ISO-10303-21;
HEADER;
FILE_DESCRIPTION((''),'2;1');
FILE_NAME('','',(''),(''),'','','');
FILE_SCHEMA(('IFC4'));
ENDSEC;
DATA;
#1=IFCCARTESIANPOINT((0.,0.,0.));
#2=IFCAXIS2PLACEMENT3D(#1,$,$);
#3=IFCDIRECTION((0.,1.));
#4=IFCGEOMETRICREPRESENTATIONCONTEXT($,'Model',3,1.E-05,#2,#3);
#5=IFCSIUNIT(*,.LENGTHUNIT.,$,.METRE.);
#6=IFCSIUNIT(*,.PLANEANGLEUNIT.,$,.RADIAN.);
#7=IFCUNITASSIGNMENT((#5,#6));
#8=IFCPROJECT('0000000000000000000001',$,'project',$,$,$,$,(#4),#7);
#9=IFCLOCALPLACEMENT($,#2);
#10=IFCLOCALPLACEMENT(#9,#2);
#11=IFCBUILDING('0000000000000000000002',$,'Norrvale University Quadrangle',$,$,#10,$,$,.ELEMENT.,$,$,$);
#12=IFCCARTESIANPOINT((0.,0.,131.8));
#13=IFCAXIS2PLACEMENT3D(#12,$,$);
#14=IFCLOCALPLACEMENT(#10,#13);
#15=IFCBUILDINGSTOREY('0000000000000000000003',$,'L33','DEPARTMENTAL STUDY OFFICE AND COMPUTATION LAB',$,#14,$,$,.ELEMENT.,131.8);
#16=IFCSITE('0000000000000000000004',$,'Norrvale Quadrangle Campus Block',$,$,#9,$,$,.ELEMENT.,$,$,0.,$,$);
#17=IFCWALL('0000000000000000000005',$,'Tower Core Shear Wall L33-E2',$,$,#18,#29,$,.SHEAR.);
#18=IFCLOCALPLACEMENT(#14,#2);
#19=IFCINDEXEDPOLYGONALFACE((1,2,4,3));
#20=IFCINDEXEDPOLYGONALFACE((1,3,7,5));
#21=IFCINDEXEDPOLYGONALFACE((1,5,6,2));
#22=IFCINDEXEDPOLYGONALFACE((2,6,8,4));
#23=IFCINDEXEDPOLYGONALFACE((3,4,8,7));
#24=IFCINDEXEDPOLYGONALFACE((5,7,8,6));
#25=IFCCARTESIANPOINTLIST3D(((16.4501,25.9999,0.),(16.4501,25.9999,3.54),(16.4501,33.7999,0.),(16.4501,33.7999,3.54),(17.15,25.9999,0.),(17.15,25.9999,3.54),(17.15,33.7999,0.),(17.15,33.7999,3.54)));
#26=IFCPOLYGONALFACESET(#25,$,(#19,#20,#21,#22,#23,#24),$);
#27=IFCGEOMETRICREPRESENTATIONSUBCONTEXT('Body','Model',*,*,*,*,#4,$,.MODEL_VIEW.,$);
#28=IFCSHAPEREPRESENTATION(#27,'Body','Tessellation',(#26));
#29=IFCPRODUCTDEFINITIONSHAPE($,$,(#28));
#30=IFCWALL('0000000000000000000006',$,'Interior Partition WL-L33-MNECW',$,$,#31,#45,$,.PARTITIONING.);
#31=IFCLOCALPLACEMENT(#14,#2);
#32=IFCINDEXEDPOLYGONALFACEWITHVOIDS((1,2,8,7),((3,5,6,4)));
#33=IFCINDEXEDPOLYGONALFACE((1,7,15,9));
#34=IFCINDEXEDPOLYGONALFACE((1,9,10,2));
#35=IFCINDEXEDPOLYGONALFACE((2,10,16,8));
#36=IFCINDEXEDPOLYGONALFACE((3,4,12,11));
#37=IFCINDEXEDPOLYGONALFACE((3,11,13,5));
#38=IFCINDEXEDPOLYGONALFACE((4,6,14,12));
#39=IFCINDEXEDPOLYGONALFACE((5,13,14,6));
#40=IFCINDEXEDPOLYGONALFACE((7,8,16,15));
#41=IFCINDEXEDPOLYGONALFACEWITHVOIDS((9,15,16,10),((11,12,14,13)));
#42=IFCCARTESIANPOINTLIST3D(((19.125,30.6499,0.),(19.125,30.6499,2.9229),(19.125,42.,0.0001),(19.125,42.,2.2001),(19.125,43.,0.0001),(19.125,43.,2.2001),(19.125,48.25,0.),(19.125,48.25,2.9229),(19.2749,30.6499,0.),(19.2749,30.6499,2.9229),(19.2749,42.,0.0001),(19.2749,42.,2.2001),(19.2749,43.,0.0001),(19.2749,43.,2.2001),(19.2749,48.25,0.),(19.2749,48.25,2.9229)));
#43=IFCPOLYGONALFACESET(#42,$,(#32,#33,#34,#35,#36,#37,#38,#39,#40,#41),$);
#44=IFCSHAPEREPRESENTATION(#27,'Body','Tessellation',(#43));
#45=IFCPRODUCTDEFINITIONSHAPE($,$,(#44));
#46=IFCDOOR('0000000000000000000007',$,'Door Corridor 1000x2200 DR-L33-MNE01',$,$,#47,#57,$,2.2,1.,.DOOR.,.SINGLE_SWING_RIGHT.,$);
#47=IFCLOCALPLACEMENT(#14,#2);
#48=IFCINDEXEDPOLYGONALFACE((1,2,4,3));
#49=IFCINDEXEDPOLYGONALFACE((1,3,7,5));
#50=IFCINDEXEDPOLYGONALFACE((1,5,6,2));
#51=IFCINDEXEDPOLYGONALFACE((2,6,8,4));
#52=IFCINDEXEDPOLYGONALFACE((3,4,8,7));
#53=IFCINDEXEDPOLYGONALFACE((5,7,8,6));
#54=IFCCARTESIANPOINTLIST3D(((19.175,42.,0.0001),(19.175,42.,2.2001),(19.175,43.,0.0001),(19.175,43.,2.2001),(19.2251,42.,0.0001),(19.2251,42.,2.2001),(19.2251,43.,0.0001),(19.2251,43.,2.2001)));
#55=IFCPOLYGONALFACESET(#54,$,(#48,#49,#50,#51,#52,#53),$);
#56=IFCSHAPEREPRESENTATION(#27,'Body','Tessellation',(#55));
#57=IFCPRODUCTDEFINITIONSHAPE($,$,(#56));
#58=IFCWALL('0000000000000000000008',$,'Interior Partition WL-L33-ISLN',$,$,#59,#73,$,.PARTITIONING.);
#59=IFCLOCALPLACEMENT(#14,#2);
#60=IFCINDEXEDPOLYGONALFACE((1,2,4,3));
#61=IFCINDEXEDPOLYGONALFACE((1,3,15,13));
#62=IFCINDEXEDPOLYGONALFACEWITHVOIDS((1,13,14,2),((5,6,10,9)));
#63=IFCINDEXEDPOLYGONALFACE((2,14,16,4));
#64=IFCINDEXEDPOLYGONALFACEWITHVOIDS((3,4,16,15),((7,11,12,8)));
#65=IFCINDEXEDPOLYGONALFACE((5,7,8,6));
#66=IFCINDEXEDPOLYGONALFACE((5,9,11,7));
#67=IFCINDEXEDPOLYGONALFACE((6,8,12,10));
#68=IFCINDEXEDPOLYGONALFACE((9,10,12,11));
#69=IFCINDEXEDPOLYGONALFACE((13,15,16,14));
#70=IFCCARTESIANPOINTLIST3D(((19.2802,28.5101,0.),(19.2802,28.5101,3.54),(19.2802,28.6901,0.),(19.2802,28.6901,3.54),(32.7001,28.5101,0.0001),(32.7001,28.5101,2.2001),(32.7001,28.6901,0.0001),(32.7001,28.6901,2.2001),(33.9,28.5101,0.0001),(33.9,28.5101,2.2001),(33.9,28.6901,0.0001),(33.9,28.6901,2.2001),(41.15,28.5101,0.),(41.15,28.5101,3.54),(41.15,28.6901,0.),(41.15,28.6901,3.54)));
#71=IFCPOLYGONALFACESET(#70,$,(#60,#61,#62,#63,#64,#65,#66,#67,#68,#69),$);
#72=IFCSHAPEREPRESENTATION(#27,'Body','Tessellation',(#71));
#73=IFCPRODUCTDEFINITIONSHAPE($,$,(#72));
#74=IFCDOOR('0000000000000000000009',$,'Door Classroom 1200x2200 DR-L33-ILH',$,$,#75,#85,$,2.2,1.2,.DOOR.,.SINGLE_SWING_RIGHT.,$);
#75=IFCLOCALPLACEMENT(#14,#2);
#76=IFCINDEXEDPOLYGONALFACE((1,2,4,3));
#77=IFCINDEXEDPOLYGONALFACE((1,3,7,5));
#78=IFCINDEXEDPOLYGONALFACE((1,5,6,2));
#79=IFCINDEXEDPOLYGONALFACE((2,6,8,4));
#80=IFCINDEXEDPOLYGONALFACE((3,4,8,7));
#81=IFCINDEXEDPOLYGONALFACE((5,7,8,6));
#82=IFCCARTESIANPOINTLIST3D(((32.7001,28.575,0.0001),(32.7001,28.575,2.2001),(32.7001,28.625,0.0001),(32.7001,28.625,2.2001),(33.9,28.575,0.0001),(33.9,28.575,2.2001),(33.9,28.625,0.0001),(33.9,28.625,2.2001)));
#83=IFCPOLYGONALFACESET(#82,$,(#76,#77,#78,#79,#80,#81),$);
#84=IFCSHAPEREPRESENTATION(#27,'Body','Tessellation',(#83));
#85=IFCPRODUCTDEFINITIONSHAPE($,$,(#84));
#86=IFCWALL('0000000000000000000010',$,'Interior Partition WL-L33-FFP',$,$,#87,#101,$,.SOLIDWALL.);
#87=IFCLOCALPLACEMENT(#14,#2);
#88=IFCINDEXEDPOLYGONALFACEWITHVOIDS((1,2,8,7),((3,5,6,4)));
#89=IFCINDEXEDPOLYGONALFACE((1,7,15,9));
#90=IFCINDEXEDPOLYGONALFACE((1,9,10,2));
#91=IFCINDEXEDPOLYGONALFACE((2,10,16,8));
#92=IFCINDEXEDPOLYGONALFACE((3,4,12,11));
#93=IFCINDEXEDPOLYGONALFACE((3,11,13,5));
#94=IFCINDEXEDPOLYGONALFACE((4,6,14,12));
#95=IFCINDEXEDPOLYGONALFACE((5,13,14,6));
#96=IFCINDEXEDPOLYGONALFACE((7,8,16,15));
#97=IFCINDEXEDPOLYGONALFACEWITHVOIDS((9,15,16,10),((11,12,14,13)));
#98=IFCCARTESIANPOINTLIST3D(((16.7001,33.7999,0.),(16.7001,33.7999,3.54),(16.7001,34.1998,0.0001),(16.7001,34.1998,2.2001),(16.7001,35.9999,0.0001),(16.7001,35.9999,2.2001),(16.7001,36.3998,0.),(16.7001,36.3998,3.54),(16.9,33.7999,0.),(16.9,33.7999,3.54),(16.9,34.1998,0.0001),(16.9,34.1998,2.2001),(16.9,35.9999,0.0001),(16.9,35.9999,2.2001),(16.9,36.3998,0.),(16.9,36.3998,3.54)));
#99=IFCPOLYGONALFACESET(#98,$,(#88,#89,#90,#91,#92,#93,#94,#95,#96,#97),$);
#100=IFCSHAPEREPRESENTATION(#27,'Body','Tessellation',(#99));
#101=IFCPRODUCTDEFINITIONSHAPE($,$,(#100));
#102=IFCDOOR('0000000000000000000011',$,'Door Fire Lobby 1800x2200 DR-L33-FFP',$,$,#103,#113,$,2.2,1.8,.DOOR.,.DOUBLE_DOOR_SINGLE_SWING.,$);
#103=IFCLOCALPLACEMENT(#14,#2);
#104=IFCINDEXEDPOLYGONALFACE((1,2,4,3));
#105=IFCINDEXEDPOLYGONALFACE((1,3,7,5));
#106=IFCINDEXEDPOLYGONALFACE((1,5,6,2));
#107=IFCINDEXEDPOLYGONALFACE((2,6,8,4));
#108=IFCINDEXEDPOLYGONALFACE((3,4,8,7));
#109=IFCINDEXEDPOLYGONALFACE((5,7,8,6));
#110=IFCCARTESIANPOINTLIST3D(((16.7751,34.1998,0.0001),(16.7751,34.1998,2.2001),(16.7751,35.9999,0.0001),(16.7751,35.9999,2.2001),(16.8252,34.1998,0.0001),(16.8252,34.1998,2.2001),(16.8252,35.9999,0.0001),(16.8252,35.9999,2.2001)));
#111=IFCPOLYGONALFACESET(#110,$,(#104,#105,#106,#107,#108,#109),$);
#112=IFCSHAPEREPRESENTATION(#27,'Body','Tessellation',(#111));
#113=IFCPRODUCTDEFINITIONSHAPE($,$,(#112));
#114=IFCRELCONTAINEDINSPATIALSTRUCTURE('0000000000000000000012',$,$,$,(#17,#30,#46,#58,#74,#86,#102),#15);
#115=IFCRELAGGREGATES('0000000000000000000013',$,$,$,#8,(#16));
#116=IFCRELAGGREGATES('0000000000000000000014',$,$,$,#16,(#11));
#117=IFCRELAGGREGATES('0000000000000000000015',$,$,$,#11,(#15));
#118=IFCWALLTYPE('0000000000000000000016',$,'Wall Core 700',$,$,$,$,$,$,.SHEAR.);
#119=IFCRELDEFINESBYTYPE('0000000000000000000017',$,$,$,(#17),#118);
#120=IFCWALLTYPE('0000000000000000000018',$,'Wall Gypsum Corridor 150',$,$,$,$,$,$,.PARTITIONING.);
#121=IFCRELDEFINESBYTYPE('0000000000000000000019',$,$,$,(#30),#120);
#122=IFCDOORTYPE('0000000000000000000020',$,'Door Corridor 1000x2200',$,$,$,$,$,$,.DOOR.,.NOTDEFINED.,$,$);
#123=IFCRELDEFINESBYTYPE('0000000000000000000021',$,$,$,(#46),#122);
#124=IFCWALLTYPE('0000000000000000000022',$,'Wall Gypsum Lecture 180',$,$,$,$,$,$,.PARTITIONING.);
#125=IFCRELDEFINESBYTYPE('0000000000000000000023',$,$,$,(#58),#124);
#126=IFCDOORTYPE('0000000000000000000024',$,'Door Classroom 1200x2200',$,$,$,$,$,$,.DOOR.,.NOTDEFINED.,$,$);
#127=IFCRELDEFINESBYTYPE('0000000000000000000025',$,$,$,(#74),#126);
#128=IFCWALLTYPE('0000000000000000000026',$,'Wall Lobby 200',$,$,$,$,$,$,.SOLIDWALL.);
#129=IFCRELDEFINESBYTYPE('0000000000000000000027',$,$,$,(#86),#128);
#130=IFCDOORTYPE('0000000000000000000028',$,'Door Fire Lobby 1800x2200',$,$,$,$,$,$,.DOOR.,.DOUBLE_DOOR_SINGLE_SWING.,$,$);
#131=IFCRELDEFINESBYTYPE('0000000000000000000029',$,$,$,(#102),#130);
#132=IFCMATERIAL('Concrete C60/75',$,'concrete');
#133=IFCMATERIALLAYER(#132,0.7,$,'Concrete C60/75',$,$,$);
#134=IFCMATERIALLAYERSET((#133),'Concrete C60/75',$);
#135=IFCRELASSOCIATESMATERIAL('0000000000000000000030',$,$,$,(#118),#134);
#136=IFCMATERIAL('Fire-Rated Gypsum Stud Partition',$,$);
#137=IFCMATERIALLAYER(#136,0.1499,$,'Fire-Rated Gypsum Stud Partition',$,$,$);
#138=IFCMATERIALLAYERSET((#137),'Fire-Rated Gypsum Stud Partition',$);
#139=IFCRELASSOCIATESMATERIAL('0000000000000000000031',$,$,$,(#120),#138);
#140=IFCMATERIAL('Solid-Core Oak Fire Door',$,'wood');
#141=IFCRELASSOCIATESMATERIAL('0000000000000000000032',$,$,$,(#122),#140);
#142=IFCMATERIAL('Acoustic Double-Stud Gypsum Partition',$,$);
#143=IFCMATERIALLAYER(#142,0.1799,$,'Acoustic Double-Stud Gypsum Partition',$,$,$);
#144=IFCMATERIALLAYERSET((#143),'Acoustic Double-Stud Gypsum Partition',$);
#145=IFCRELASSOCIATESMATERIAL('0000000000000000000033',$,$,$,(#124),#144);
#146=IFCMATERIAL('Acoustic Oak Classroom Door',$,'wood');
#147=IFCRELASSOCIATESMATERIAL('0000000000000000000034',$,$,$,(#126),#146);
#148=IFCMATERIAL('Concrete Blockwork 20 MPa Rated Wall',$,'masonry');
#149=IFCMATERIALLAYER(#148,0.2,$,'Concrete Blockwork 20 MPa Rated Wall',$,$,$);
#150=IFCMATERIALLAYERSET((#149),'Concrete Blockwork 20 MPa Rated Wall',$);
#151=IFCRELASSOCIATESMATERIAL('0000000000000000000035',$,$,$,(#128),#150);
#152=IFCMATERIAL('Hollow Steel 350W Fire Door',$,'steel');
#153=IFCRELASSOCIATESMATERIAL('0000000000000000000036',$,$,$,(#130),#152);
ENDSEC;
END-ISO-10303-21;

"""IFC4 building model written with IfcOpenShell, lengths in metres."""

from ifc_helpers import new_model, si_unit, direction, frame, frame_2d, origin, place, context, subcontext, project, spatial, rectangle, extrude, material, layer, layer_set, type_object, element, fill, save


model = new_model("IFC4")

# Units and contexts
model_context = context("Model", 3, precision=1e-05, world=origin(), true_north=direction((0.0, 1.0)))
body_context = subcontext(model_context, "Body", "Model", "MODEL_VIEW")
ifc_project = project(units=[si_unit("LENGTHUNIT", "METRE"), si_unit("PLANEANGLEUNIT", "RADIAN")], contexts=[model_context])

# Site, building, storey
site_placement = place(None, origin())
site = spatial("IfcSite", under=ifc_project, at=site_placement, Name="Norrvale Quadrangle Campus Block", CompositionType="ELEMENT", RefElevation=0.0)
building_placement = place(site_placement, origin())
building = spatial("IfcBuilding", under=site, at=building_placement, Name="Norrvale University Quadrangle", CompositionType="ELEMENT")
storey_placement = place(building_placement, frame((0.0, 0.0, 131.8)))
storey = spatial("IfcBuildingStorey", under=building, at=storey_placement, Name="L33", Description="DEPARTMENTAL STUDY OFFICE AND COMPUTATION LAB", CompositionType="ELEMENT", Elevation=131.8)

# Shared definitions
ifc_material_1 = material(Name="Concrete C60/75", Category="concrete")

# Wall
ifc_layer_1 = layer(ifc_material_1, 0.7, Name="Concrete C60/75")
ifc_layer_set_1 = layer_set([ifc_layer_1], Name="Concrete C60/75")
wall_type_1 = type_object("IfcWallType", Name="Wall Core 700", PredefinedType="SHEAR", material=ifc_layer_set_1)
wall_1_placement = place(storey_placement, frame((16.8, 26.0, 0.0), z_axis=(0.0, 0.0, 1.0), x_axis=(0.0, 1.0, 0.0)))
element("IfcWall", 1, at=wall_1_placement, inside=storey, type_object=wall_type_1, Name="Tower Core Shear Wall L33-E2", PredefinedType="SHEAR", context=body_context, shape_type="SweptSolid", body=[
    extrude(rectangle(XDim=7.8, YDim=0.7, at=frame_2d((3.8999, 0.0))), origin(), (0.0, 0.0, 1.0), 3.54),
])

# Walls, openings, doors
ifc_material_2 = material(Name="Fire-Rated Gypsum Stud Partition")
ifc_layer_2 = layer(ifc_material_2, 0.1499, Name="Fire-Rated Gypsum Stud Partition")
ifc_layer_set_2 = layer_set([ifc_layer_2], Name="Fire-Rated Gypsum Stud Partition")
wall_type_2 = type_object("IfcWallType", Name="Wall Gypsum Corridor 150", PredefinedType="PARTITIONING", material=ifc_layer_set_2)
wall_2_placement = place(storey_placement, frame((19.2, 30.6499, 0.0), z_axis=(0.0, 0.0, 1.0), x_axis=(0.0, 1.0, 0.0)))
wall_2 = element("IfcWall", 2, at=wall_2_placement, inside=storey, type_object=wall_type_2, Name="Interior Partition WL-L33-MNECW", PredefinedType="PARTITIONING", context=body_context, shape_type="SweptSolid", body=[
    extrude(rectangle(XDim=17.6001, YDim=0.1499, at=frame_2d((8.8, 0.0))), origin(), (0.0, 0.0, 1.0), 2.9229),
])
opening_1_placement = place(wall_2_placement, frame((11.3501, 0.0, 0.0)))
opening_1 = element("IfcOpeningElement", 3, at=opening_1_placement, cuts=wall_2, PredefinedType="OPENING", context=body_context, shape_type="SweptSolid", body=[
    extrude(rectangle(XDim=1.0, YDim=2.2, at=frame_2d((0.5, 1.1001))), frame((0.0, 0.0869, 0.0), z_axis=(0.0, -1.0, 0.0), x_axis=(1.0, 0.0, 0.0)), (0.0, 0.0, 1.0), 0.1738),
])
ifc_material_3 = material(Name="Solid-Core Oak Fire Door", Category="wood")
door_type_1 = type_object("IfcDoorType", Name="Door Corridor 1000x2200", OperationType="NOTDEFINED", PredefinedType="DOOR", material=ifc_material_3)
door_1_placement = place(opening_1_placement, origin())
door_1 = element("IfcDoor", 4, at=door_1_placement, inside=storey, type_object=door_type_1, Name="Door Corridor 1000x2200 DR-L33-MNE01", OperationType="SINGLE_SWING_RIGHT", OverallHeight=2.2, OverallWidth=1.0, PredefinedType="DOOR", context=body_context, shape_type="SweptSolid", body=[
    extrude(rectangle(XDim=1.0, YDim=2.2, at=frame_2d((0.5, 1.1001))), frame((0.0, 0.0249, 0.0), z_axis=(0.0, -1.0, 0.0), x_axis=(1.0, 0.0, 0.0)), (0.0, 0.0, 1.0), 0.05),
])
fill(opening_1, door_1)
ifc_material_4 = material(Name="Acoustic Double-Stud Gypsum Partition")
ifc_layer_3 = layer(ifc_material_4, 0.1799, Name="Acoustic Double-Stud Gypsum Partition")
ifc_layer_set_3 = layer_set([ifc_layer_3], Name="Acoustic Double-Stud Gypsum Partition")
wall_type_3 = type_object("IfcWallType", Name="Wall Gypsum Lecture 180", PredefinedType="PARTITIONING", material=ifc_layer_set_3)
wall_3_placement = place(storey_placement, frame((19.28, 28.6001, 0.0), z_axis=(0.0, 0.0, 1.0), x_axis=(1.0, 0.0, 0.0)))
wall_3 = element("IfcWall", 5, at=wall_3_placement, inside=storey, type_object=wall_type_3, Name="Interior Partition WL-L33-ISLN", PredefinedType="PARTITIONING", context=body_context, shape_type="SweptSolid", body=[
    extrude(rectangle(XDim=21.8699, YDim=0.1799, at=frame_2d((10.9351, 0.0))), origin(), (0.0, 0.0, 1.0), 3.54),
])
opening_2_placement = place(wall_3_placement, frame((13.4199, 0.0, 0.0)))
opening_2 = element("IfcOpeningElement", 6, at=opening_2_placement, cuts=wall_3, PredefinedType="OPENING", context=body_context, shape_type="SweptSolid", body=[
    extrude(rectangle(XDim=1.2, YDim=2.2, at=frame_2d((0.6001, 1.1001))), frame((0.0, 0.1021, 0.0), z_axis=(0.0, -1.0, 0.0), x_axis=(1.0, 0.0, 0.0)), (0.0, 0.0, 1.0), 0.2039),
])
ifc_material_5 = material(Name="Acoustic Oak Classroom Door", Category="wood")
door_type_2 = type_object("IfcDoorType", Name="Door Classroom 1200x2200", OperationType="NOTDEFINED", PredefinedType="DOOR", material=ifc_material_5)
door_2_placement = place(opening_2_placement, origin())
door_2 = element("IfcDoor", 7, at=door_2_placement, inside=storey, type_object=door_type_2, Name="Door Classroom 1200x2200 DR-L33-ILH", OperationType="SINGLE_SWING_RIGHT", OverallHeight=2.2, OverallWidth=1.2, PredefinedType="DOOR", context=body_context, shape_type="SweptSolid", body=[
    extrude(rectangle(XDim=1.2, YDim=2.2, at=frame_2d((0.6001, 1.1001))), frame((0.0, 0.0249, 0.0), z_axis=(0.0, -1.0, 0.0), x_axis=(1.0, 0.0, 0.0)), (0.0, 0.0, 1.0), 0.05),
])
fill(opening_2, door_2)
ifc_material_6 = material(Name="Concrete Blockwork 20 MPa Rated Wall", Category="masonry")
ifc_layer_4 = layer(ifc_material_6, 0.2, Name="Concrete Blockwork 20 MPa Rated Wall")
ifc_layer_set_4 = layer_set([ifc_layer_4], Name="Concrete Blockwork 20 MPa Rated Wall")
wall_type_4 = type_object("IfcWallType", Name="Wall Lobby 200", PredefinedType="SOLIDWALL", material=ifc_layer_set_4)
wall_4_placement = place(storey_placement, frame((16.8, 33.8, 0.0), z_axis=(0.0, 0.0, 1.0), x_axis=(0.0, 1.0, 0.0)))
wall_4 = element("IfcWall", 8, at=wall_4_placement, inside=storey, type_object=wall_type_4, Name="Interior Partition WL-L33-FFP", PredefinedType="SOLIDWALL", context=body_context, shape_type="SweptSolid", body=[
    extrude(rectangle(XDim=2.5999, YDim=0.2, at=frame_2d((1.2998, 0.0))), origin(), (0.0, 0.0, 1.0), 3.54),
])
opening_3_placement = place(wall_4_placement, frame((0.3999, 0.0, 0.0)))
opening_3 = element("IfcOpeningElement", 9, at=opening_3_placement, cuts=wall_4, PredefinedType="OPENING", context=body_context, shape_type="SweptSolid", body=[
    extrude(rectangle(XDim=1.8, YDim=2.2, at=frame_2d((0.8999, 1.1001))), frame((0.0, 0.1121, 0.0), z_axis=(0.0, -1.0, 0.0), x_axis=(1.0, 0.0, 0.0)), (0.0, 0.0, 1.0), 0.2239),
])
ifc_material_7 = material(Name="Hollow Steel 350W Fire Door", Category="steel")
door_type_3 = type_object("IfcDoorType", Name="Door Fire Lobby 1800x2200", OperationType="DOUBLE_DOOR_SINGLE_SWING", PredefinedType="DOOR", material=ifc_material_7)
door_3_placement = place(opening_3_placement, origin())
door_3 = element("IfcDoor", 10, at=door_3_placement, inside=storey, type_object=door_type_3, Name="Door Fire Lobby 1800x2200 DR-L33-FFP", OperationType="DOUBLE_DOOR_SINGLE_SWING", OverallHeight=2.2, OverallWidth=1.8, PredefinedType="DOOR", context=body_context, shape_type="SweptSolid", body=[
    extrude(rectangle(XDim=1.8, YDim=2.2, at=frame_2d((0.8999, 1.1001))), frame((0.0, 0.0249, 0.0), z_axis=(0.0, -1.0, 0.0), x_axis=(1.0, 0.0, 0.0)), (0.0, 0.0, 1.0), 0.05),
])
fill(opening_3, door_3)

save(model, "model.ifc")
